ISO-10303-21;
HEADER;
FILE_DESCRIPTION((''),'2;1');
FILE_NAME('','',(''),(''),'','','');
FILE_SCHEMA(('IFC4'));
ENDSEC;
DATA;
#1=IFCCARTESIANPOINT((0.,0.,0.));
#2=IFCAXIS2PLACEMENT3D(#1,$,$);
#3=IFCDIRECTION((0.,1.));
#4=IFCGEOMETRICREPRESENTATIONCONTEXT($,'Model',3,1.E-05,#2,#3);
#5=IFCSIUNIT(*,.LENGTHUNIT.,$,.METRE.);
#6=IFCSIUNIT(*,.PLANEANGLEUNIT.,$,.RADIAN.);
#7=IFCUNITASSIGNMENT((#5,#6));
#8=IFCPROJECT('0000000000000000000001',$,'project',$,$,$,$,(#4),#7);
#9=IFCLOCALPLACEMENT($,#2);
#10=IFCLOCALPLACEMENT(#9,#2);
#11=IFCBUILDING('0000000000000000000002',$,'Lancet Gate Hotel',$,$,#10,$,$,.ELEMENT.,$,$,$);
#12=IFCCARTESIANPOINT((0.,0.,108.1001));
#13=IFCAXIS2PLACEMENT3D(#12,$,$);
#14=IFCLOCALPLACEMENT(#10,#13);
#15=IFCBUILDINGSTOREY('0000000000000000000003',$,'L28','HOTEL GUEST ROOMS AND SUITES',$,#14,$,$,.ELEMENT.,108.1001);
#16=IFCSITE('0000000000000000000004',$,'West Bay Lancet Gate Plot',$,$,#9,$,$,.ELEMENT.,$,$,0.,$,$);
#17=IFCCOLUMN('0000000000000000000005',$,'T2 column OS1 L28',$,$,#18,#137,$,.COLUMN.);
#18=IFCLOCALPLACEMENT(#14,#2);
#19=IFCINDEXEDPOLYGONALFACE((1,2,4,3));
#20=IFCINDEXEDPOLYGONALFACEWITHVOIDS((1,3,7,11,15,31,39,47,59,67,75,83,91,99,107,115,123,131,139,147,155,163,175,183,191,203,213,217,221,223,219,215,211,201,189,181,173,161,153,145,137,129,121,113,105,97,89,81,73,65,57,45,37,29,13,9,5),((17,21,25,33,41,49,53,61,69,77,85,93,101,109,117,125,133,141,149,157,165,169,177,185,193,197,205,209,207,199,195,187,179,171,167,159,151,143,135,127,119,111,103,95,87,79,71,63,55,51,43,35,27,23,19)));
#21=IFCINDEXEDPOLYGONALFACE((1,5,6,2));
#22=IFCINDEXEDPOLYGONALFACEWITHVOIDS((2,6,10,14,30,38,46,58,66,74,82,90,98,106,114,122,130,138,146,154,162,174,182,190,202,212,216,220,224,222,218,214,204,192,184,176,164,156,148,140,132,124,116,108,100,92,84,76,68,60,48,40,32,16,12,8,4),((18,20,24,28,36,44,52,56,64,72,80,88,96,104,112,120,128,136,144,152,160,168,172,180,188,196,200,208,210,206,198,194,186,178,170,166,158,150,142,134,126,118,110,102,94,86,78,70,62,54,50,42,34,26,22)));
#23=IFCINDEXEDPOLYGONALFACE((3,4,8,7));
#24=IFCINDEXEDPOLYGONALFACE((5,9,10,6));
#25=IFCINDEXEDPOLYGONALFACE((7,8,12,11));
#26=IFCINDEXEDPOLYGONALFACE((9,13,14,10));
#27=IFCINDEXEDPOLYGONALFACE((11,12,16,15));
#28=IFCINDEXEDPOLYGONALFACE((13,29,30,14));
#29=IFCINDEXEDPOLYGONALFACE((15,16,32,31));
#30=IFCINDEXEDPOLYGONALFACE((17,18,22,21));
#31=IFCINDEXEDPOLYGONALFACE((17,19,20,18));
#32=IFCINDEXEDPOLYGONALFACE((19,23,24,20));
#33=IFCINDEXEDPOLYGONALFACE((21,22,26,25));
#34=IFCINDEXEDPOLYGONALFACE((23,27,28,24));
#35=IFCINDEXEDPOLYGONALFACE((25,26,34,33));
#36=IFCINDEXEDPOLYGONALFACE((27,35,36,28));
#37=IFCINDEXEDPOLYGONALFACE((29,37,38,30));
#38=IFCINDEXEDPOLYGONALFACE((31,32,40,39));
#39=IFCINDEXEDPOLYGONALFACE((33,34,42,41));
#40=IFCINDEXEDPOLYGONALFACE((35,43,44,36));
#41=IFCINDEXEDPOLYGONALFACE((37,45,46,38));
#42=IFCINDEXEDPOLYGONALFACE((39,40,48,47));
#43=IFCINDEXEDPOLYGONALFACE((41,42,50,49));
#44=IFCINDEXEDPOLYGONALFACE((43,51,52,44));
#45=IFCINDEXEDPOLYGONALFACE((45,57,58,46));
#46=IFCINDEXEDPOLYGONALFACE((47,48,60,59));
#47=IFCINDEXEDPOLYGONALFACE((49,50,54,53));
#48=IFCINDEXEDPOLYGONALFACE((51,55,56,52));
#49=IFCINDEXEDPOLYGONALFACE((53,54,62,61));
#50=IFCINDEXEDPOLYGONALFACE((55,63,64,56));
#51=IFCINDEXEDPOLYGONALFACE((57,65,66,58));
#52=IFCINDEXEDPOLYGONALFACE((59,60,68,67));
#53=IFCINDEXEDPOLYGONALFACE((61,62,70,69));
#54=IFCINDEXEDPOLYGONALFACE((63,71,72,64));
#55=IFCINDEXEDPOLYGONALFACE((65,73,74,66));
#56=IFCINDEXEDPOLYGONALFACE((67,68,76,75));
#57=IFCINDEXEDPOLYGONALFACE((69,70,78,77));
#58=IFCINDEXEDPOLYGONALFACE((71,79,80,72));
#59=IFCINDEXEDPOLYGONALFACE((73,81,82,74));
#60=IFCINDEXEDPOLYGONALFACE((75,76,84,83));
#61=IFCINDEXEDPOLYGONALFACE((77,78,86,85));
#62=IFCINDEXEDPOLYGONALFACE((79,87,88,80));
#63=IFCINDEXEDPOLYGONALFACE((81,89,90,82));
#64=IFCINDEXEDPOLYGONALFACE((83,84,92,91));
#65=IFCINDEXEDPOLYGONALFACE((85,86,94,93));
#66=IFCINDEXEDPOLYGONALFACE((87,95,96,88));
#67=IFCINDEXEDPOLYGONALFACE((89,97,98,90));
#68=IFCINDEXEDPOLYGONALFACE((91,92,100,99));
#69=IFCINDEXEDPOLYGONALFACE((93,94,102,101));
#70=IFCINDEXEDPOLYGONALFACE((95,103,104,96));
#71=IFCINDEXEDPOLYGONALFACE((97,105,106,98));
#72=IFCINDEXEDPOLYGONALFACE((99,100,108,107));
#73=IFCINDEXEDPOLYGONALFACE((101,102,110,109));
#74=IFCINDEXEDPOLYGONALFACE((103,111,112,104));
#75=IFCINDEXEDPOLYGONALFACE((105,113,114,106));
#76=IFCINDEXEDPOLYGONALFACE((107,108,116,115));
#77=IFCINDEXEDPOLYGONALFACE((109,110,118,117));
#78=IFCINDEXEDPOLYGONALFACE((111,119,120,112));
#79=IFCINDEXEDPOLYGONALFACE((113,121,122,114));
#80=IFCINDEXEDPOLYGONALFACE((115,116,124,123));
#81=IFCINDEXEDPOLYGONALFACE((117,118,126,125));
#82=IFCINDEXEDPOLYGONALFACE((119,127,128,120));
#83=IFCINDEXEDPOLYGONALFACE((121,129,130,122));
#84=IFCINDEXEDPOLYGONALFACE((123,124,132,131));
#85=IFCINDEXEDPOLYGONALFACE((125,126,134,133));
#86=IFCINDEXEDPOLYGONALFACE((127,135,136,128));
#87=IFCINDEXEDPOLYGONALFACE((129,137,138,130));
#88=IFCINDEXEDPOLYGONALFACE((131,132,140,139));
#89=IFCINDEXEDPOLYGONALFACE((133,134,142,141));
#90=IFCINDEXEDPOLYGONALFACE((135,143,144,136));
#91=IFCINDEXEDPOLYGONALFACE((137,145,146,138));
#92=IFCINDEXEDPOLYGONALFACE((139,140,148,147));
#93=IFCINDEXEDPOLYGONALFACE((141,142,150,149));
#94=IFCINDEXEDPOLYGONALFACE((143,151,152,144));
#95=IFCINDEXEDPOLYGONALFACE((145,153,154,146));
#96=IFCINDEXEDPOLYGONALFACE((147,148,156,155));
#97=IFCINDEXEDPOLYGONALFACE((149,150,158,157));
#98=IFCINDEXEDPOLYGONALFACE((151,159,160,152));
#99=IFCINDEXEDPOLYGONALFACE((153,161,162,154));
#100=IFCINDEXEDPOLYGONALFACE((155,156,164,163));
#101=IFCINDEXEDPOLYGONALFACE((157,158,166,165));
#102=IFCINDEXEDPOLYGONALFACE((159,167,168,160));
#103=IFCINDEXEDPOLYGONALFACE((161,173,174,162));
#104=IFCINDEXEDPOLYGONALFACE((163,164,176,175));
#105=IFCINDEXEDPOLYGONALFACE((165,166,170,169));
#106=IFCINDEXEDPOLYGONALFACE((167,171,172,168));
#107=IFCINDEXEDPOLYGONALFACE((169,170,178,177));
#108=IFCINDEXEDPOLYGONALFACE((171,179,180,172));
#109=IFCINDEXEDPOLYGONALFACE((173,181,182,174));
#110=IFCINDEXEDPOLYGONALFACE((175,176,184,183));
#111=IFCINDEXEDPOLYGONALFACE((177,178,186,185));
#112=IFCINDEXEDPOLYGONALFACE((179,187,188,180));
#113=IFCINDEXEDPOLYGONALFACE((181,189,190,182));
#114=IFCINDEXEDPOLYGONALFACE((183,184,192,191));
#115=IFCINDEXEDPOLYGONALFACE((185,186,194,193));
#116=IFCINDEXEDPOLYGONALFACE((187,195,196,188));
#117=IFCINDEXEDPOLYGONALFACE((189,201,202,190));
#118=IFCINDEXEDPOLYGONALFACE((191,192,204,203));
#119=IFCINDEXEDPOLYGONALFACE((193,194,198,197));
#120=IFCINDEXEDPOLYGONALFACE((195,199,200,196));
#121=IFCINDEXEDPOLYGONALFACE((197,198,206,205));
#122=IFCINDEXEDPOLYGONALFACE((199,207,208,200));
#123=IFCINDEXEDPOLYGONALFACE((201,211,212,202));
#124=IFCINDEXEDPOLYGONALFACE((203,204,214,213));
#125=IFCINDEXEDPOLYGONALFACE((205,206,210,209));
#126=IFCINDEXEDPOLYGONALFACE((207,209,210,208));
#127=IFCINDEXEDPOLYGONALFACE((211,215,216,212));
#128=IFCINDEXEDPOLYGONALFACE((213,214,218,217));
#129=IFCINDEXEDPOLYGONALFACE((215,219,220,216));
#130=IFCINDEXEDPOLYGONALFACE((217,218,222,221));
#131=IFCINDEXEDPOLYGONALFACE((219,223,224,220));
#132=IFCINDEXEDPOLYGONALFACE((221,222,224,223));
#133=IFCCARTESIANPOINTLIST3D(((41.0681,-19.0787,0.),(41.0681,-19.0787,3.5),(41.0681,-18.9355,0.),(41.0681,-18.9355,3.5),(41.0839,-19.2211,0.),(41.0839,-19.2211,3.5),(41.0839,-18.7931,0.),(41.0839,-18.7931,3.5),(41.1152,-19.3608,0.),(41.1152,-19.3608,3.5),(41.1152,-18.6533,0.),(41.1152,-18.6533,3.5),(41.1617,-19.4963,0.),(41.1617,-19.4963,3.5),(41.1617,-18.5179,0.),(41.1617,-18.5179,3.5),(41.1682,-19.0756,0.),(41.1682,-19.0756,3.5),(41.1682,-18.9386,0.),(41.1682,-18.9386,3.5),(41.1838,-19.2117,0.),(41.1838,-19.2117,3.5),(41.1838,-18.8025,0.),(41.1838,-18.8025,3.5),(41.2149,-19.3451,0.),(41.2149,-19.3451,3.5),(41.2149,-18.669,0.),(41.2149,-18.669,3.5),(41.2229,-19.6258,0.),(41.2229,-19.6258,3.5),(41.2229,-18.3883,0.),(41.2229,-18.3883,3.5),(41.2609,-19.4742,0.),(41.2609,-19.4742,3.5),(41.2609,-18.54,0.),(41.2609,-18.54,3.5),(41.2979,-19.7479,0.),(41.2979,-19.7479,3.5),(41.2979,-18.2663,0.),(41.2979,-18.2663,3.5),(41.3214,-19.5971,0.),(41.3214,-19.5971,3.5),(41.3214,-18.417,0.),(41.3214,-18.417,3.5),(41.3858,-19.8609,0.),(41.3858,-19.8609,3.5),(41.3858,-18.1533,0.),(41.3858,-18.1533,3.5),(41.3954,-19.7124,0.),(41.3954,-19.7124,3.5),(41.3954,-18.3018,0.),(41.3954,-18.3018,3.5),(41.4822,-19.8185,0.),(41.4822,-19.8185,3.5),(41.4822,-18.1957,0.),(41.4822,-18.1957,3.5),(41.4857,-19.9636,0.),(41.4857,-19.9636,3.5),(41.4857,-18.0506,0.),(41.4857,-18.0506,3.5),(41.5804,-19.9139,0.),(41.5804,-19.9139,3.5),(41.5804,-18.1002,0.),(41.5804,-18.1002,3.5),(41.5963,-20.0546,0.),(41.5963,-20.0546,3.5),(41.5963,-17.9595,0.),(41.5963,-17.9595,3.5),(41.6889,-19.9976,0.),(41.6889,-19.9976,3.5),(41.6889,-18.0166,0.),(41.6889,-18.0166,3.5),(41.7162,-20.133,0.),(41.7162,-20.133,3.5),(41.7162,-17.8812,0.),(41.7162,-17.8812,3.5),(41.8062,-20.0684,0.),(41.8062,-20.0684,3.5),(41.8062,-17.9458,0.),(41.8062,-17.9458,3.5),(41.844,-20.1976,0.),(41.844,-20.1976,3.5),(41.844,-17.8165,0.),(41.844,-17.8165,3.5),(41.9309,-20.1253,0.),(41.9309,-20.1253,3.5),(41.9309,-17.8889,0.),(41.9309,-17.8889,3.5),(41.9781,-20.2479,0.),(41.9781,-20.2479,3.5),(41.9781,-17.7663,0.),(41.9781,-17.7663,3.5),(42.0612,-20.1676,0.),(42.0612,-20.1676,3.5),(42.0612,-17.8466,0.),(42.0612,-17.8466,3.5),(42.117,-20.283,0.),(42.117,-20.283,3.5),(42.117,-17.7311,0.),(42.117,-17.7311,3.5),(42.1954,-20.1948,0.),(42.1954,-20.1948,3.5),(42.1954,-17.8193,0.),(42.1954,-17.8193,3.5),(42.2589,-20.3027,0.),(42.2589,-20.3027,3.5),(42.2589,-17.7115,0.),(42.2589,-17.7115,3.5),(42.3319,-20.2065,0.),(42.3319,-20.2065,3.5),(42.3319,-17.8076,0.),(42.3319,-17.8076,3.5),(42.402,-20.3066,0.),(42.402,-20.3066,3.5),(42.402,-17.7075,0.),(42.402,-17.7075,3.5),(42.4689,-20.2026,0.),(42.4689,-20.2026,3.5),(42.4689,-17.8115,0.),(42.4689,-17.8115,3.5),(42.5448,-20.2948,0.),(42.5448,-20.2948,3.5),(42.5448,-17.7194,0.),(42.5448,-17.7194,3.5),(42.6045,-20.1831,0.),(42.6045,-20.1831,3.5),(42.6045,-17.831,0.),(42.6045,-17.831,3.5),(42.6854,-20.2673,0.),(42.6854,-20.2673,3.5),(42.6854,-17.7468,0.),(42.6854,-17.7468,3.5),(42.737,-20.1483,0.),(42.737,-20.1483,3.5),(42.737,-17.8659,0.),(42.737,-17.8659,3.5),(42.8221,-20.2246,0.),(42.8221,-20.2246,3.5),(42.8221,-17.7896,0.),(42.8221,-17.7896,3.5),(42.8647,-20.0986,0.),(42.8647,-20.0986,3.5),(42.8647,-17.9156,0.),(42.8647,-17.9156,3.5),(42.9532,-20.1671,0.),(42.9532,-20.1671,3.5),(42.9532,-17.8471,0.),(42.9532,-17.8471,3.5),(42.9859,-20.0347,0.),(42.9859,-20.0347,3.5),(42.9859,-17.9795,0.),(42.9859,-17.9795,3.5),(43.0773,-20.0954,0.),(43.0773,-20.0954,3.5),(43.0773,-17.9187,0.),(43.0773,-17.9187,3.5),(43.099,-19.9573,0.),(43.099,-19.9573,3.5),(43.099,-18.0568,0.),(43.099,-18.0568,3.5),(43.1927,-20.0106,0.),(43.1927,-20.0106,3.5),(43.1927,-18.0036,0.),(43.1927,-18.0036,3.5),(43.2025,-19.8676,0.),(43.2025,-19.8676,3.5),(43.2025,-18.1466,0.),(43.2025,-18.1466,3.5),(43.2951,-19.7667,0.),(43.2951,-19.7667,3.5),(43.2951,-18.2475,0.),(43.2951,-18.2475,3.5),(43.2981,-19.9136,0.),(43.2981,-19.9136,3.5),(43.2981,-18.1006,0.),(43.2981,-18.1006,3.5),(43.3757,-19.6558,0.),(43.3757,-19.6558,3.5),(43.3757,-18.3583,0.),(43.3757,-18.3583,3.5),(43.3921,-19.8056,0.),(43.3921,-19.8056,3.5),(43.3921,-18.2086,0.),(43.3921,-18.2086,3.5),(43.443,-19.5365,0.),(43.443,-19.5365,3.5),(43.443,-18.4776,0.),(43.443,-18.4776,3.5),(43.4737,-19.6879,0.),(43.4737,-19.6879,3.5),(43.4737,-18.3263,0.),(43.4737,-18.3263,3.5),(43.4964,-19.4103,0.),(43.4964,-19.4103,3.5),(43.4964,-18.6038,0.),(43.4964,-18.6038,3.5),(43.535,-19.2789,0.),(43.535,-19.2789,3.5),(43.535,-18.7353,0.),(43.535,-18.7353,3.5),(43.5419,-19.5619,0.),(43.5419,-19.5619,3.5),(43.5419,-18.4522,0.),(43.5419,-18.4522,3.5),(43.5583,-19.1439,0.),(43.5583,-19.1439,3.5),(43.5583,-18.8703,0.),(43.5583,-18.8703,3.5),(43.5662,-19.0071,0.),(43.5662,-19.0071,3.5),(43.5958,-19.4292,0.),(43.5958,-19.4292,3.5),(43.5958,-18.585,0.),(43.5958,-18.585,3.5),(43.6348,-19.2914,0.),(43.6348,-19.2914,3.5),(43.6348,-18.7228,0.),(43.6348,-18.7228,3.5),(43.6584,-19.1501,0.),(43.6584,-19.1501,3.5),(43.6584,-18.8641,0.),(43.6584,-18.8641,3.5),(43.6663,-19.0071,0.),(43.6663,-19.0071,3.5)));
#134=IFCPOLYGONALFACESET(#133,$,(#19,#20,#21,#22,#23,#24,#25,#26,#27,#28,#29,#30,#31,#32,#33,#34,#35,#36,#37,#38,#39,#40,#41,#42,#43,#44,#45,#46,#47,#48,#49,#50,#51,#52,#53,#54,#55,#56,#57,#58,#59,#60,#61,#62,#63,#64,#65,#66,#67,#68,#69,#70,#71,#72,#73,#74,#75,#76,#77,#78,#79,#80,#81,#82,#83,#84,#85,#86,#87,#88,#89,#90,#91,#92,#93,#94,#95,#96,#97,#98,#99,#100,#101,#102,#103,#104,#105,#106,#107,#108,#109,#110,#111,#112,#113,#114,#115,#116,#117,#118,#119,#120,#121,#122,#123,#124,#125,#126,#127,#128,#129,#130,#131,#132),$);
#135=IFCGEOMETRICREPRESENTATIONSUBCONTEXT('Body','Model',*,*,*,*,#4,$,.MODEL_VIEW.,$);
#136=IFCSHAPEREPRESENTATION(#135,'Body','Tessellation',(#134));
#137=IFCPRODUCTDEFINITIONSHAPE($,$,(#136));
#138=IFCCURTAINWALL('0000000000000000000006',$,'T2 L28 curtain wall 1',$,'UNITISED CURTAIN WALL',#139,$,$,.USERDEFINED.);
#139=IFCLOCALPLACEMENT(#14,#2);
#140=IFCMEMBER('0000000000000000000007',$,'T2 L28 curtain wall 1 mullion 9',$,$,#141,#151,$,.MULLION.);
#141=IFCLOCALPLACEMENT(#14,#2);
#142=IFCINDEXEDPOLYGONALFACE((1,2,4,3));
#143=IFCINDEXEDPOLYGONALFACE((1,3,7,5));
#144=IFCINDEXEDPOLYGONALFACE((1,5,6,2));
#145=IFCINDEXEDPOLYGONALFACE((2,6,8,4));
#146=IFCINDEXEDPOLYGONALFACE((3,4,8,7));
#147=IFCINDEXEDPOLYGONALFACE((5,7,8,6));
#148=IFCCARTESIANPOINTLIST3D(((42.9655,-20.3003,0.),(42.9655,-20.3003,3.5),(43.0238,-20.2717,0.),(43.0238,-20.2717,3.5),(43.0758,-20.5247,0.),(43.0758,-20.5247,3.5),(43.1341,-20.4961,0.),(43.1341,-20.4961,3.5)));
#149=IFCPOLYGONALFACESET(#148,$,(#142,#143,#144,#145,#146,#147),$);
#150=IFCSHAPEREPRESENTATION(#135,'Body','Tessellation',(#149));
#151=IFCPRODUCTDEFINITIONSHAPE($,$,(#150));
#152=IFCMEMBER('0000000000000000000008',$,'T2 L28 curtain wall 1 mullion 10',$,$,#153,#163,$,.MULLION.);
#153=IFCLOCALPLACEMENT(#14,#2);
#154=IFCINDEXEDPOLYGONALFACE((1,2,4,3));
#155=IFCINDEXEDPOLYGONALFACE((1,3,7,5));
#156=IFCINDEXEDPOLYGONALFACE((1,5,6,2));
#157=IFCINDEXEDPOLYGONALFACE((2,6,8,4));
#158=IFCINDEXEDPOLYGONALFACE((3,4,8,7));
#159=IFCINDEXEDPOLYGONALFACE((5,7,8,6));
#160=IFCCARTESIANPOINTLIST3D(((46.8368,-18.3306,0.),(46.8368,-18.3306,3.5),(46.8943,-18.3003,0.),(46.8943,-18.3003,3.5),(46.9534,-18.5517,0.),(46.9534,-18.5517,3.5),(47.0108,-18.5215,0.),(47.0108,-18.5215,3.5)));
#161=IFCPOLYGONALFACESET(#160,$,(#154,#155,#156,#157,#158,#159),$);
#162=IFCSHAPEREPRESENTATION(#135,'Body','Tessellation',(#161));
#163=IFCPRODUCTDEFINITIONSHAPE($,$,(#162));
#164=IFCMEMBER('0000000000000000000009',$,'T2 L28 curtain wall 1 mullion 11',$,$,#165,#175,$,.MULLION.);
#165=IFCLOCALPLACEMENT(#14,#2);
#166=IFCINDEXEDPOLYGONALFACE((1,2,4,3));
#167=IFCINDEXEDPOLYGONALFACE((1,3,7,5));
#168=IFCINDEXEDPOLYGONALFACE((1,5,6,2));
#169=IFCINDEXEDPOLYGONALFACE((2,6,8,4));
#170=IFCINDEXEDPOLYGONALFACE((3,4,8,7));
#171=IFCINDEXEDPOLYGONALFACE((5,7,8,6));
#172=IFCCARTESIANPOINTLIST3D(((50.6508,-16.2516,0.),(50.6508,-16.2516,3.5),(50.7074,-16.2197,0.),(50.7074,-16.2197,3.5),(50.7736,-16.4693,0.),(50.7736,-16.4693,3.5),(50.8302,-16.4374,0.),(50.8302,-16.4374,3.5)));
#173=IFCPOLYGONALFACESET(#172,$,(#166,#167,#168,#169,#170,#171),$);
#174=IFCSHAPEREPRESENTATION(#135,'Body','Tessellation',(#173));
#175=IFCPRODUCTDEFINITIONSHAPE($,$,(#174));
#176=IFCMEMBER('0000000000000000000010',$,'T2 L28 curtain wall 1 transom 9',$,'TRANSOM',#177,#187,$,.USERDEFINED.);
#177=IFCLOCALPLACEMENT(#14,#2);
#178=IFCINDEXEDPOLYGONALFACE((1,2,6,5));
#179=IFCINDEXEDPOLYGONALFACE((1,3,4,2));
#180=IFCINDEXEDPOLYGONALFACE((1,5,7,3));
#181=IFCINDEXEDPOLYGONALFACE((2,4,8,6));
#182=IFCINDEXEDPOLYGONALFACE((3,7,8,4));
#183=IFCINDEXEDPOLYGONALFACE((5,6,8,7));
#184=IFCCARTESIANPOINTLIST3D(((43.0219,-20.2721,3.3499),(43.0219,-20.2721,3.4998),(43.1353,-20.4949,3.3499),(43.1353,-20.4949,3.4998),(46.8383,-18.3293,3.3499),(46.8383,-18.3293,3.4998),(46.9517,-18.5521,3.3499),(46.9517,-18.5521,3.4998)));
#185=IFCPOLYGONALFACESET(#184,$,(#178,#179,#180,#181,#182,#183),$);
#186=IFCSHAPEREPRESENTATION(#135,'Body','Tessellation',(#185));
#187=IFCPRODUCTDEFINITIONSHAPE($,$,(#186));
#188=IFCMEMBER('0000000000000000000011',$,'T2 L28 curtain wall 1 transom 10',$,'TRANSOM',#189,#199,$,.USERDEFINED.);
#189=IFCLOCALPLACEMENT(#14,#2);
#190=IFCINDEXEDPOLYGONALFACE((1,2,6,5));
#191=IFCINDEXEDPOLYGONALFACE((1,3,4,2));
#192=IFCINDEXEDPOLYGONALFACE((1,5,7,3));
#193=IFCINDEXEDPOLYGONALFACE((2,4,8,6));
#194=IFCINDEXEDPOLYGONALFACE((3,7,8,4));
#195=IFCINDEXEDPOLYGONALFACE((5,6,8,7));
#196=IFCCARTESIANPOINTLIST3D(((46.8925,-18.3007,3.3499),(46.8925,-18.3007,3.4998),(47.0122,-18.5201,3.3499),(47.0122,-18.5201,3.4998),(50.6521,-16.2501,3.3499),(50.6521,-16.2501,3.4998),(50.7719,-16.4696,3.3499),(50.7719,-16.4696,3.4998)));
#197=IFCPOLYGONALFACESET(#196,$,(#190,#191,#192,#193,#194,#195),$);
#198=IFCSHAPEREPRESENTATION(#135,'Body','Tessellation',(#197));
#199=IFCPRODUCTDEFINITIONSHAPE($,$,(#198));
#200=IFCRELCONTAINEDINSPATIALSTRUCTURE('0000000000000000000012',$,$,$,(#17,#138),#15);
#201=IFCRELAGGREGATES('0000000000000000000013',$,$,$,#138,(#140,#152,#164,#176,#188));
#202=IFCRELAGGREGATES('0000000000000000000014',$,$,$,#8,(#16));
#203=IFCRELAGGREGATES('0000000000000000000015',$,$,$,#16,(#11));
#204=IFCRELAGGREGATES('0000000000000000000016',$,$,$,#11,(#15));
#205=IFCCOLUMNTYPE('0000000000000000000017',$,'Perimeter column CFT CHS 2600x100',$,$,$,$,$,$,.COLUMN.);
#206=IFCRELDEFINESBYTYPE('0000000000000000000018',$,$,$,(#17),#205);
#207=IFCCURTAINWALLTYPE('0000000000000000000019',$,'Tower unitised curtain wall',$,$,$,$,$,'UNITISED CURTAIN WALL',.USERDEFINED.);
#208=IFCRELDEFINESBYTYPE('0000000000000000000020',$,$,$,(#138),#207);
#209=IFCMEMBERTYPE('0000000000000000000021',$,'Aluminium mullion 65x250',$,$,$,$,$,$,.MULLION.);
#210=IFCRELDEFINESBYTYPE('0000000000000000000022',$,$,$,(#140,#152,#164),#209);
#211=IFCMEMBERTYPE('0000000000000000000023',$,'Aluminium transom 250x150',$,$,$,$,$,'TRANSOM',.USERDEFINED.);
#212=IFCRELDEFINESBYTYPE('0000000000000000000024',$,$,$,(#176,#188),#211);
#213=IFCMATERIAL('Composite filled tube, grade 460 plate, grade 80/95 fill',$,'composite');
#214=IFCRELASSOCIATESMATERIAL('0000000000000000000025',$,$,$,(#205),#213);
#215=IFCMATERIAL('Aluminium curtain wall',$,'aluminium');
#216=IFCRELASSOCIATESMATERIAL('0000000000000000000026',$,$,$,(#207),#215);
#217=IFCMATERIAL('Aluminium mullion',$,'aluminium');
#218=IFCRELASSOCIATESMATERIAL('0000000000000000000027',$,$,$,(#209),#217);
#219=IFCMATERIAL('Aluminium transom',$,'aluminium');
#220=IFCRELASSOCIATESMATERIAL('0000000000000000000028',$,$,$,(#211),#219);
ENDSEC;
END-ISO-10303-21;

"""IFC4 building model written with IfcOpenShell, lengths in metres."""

from ifc_helpers import new_model, si_unit, direction, frame, origin, origin_2d, place, context, subcontext, project, spatial, rectangle, hollow_circle, extrude, material, material_profile, profile_set, type_object, element, aggregate, save


model = new_model("IFC4")

# Units and contexts
model_context = context("Model", 3, precision=1e-05, world=origin(), true_north=direction((0.0, 1.0)))
body_context = subcontext(model_context, "Body", "Model", "MODEL_VIEW")
ifc_project = project(units=[si_unit("LENGTHUNIT", "METRE"), si_unit("PLANEANGLEUNIT", "RADIAN")], contexts=[model_context])

# Site, building, storey
site_placement = place(None, origin())
site = spatial("IfcSite", under=ifc_project, at=site_placement, Name="West Bay Lancet Gate Plot", CompositionType="ELEMENT", RefElevation=0.0)
building_placement = place(site_placement, origin())
building = spatial("IfcBuilding", under=site, at=building_placement, Name="Lancet Gate Hotel", CompositionType="ELEMENT")
storey_placement = place(building_placement, frame((0.0, 0.0, 108.1001)))
storey = spatial("IfcBuildingStorey", under=building, at=storey_placement, Name="L28", Description="HOTEL GUEST ROOMS AND SUITES", CompositionType="ELEMENT", Elevation=108.1001)

# Column
ifc_material_1 = material(Name="Composite filled tube, grade 460 plate, grade 80/95 fill", Category="composite")
ifc_material_profile_1 = material_profile(ifc_material_1, hollow_circle(Radius=1.3, WallThickness=0.1001, at=origin_2d()), Name="CHS 2600x100")
ifc_profile_set_1 = profile_set([ifc_material_profile_1], Name="Composite filled tube, grade 460 plate, grade 80/95 fill")
column_type = type_object("IfcColumnType", Name="Perimeter column CFT CHS 2600x100", PredefinedType="COLUMN", material=ifc_profile_set_1)
column_placement = place(storey_placement, frame((42.3662, -19.0071, 0.0), z_axis=(0.0, 0.0, 1.0), x_axis=(1.0, 0.0, 0.0)))
element("IfcColumn", 1, at=column_placement, inside=storey, type_object=column_type, Name="T2 column OS1 L28", PredefinedType="COLUMN", context=body_context, shape_type="SweptSolid", body=[
    extrude(hollow_circle(Radius=1.3, WallThickness=0.1001, at=origin_2d()), origin(), (0.0, 0.0, 1.0), 3.5),
])

# Curtain wall, members
ifc_material_2 = material(Name="Aluminium curtain wall", Category="aluminium")
curtain_wall_type = type_object("IfcCurtainWallType", Name="Tower unitised curtain wall", ElementType="UNITISED CURTAIN WALL", PredefinedType="USERDEFINED", material=ifc_material_2)
curtain_wall_placement = place(storey_placement, origin())
curtain_wall = element("IfcCurtainWall", 2, at=curtain_wall_placement, inside=storey, type_object=curtain_wall_type, Name="T2 L28 curtain wall 1", ObjectType="UNITISED CURTAIN WALL", PredefinedType="USERDEFINED")
ifc_material_3 = material(Name="Aluminium mullion", Category="aluminium")
ifc_material_profile_2 = material_profile(ifc_material_3, rectangle(XDim=0.0649, YDim=0.25, at=origin_2d()), Name="MULLION 65x250")
ifc_profile_set_2 = profile_set([ifc_material_profile_2], Name="Aluminium mullion")
member_type_1 = type_object("IfcMemberType", Name="Aluminium mullion 65x250", PredefinedType="MULLION", material=ifc_profile_set_2)
member_1_placement = place(storey_placement, frame((43.0498, -20.3982, 0.0), z_axis=(0.0, 0.0, 1.0), x_axis=(0.897512, 0.44099, 0.0)))
member_1 = element("IfcMember", 3, at=member_1_placement, type_object=member_type_1, Name="T2 L28 curtain wall 1 mullion 9", PredefinedType="MULLION", context=body_context, shape_type="SweptSolid", body=[
    extrude(rectangle(XDim=0.0649, YDim=0.25, at=origin_2d()), origin(), (0.0, 0.0, 1.0), 3.5),
])
member_2_placement = place(storey_placement, frame((46.9238, -18.426, 0.0), z_axis=(0.0, 0.0, 1.0), x_axis=(0.884627, 0.466299, 0.0)))
member_2 = element("IfcMember", 4, at=member_2_placement, type_object=member_type_1, Name="T2 L28 curtain wall 1 mullion 10", PredefinedType="MULLION", context=body_context, shape_type="SweptSolid", body=[
    extrude(rectangle(XDim=0.0649, YDim=0.25, at=origin_2d()), origin(), (0.0, 0.0, 1.0), 3.5),
])
member_3_placement = place(storey_placement, frame((50.7405, -16.3445, 0.0), z_axis=(0.0, 0.0, 1.0), x_axis=(0.871029, 0.491232, 0.0)))
member_3 = element("IfcMember", 5, at=member_3_placement, type_object=member_type_1, Name="T2 L28 curtain wall 1 mullion 11", PredefinedType="MULLION", context=body_context, shape_type="SweptSolid", body=[
    extrude(rectangle(XDim=0.0649, YDim=0.25, at=origin_2d()), origin(), (0.0, 0.0, 1.0), 3.5),
])
ifc_material_4 = material(Name="Aluminium transom", Category="aluminium")
ifc_material_profile_3 = material_profile(ifc_material_4, rectangle(XDim=0.25, YDim=0.1499, at=origin_2d()), Name="TRANSOM 250x150")
ifc_profile_set_3 = profile_set([ifc_material_profile_3], Name="Aluminium transom")
member_type_2 = type_object("IfcMemberType", Name="Aluminium transom 250x150", ElementType="TRANSOM", PredefinedType="USERDEFINED", material=ifc_profile_set_3)
member_4_placement = place(storey_placement, frame((43.0786, -20.3835, 3.4248), z_axis=(0.891166, 0.453678, 0.0), x_axis=(-0.453678, 0.891166, 0.0)))
member_4 = element("IfcMember", 6, at=member_4_placement, type_object=member_type_2, Name="T2 L28 curtain wall 1 transom 9", ObjectType="TRANSOM", PredefinedType="USERDEFINED", context=body_context, shape_type="SweptSolid", body=[
    extrude(rectangle(XDim=0.25, YDim=0.1499, at=origin_2d()), origin(), (0.0, 0.0, 1.0), 4.2825),
])
member_5_placement = place(storey_placement, frame((46.9524, -18.4104, 3.4248), z_axis=(0.877906, 0.478832, 0.0), x_axis=(-0.478832, 0.877906, 0.0)))
member_5 = element("IfcMember", 7, at=member_5_placement, type_object=member_type_2, Name="T2 L28 curtain wall 1 transom 10", ObjectType="TRANSOM", PredefinedType="USERDEFINED", context=body_context, shape_type="SweptSolid", body=[
    extrude(rectangle(XDim=0.25, YDim=0.1499, at=origin_2d()), origin(), (0.0, 0.0, 1.0), 4.2825),
])

aggregate(curtain_wall, [member_1, member_2, member_3, member_4, member_5])

save(model, "model.ifc")
